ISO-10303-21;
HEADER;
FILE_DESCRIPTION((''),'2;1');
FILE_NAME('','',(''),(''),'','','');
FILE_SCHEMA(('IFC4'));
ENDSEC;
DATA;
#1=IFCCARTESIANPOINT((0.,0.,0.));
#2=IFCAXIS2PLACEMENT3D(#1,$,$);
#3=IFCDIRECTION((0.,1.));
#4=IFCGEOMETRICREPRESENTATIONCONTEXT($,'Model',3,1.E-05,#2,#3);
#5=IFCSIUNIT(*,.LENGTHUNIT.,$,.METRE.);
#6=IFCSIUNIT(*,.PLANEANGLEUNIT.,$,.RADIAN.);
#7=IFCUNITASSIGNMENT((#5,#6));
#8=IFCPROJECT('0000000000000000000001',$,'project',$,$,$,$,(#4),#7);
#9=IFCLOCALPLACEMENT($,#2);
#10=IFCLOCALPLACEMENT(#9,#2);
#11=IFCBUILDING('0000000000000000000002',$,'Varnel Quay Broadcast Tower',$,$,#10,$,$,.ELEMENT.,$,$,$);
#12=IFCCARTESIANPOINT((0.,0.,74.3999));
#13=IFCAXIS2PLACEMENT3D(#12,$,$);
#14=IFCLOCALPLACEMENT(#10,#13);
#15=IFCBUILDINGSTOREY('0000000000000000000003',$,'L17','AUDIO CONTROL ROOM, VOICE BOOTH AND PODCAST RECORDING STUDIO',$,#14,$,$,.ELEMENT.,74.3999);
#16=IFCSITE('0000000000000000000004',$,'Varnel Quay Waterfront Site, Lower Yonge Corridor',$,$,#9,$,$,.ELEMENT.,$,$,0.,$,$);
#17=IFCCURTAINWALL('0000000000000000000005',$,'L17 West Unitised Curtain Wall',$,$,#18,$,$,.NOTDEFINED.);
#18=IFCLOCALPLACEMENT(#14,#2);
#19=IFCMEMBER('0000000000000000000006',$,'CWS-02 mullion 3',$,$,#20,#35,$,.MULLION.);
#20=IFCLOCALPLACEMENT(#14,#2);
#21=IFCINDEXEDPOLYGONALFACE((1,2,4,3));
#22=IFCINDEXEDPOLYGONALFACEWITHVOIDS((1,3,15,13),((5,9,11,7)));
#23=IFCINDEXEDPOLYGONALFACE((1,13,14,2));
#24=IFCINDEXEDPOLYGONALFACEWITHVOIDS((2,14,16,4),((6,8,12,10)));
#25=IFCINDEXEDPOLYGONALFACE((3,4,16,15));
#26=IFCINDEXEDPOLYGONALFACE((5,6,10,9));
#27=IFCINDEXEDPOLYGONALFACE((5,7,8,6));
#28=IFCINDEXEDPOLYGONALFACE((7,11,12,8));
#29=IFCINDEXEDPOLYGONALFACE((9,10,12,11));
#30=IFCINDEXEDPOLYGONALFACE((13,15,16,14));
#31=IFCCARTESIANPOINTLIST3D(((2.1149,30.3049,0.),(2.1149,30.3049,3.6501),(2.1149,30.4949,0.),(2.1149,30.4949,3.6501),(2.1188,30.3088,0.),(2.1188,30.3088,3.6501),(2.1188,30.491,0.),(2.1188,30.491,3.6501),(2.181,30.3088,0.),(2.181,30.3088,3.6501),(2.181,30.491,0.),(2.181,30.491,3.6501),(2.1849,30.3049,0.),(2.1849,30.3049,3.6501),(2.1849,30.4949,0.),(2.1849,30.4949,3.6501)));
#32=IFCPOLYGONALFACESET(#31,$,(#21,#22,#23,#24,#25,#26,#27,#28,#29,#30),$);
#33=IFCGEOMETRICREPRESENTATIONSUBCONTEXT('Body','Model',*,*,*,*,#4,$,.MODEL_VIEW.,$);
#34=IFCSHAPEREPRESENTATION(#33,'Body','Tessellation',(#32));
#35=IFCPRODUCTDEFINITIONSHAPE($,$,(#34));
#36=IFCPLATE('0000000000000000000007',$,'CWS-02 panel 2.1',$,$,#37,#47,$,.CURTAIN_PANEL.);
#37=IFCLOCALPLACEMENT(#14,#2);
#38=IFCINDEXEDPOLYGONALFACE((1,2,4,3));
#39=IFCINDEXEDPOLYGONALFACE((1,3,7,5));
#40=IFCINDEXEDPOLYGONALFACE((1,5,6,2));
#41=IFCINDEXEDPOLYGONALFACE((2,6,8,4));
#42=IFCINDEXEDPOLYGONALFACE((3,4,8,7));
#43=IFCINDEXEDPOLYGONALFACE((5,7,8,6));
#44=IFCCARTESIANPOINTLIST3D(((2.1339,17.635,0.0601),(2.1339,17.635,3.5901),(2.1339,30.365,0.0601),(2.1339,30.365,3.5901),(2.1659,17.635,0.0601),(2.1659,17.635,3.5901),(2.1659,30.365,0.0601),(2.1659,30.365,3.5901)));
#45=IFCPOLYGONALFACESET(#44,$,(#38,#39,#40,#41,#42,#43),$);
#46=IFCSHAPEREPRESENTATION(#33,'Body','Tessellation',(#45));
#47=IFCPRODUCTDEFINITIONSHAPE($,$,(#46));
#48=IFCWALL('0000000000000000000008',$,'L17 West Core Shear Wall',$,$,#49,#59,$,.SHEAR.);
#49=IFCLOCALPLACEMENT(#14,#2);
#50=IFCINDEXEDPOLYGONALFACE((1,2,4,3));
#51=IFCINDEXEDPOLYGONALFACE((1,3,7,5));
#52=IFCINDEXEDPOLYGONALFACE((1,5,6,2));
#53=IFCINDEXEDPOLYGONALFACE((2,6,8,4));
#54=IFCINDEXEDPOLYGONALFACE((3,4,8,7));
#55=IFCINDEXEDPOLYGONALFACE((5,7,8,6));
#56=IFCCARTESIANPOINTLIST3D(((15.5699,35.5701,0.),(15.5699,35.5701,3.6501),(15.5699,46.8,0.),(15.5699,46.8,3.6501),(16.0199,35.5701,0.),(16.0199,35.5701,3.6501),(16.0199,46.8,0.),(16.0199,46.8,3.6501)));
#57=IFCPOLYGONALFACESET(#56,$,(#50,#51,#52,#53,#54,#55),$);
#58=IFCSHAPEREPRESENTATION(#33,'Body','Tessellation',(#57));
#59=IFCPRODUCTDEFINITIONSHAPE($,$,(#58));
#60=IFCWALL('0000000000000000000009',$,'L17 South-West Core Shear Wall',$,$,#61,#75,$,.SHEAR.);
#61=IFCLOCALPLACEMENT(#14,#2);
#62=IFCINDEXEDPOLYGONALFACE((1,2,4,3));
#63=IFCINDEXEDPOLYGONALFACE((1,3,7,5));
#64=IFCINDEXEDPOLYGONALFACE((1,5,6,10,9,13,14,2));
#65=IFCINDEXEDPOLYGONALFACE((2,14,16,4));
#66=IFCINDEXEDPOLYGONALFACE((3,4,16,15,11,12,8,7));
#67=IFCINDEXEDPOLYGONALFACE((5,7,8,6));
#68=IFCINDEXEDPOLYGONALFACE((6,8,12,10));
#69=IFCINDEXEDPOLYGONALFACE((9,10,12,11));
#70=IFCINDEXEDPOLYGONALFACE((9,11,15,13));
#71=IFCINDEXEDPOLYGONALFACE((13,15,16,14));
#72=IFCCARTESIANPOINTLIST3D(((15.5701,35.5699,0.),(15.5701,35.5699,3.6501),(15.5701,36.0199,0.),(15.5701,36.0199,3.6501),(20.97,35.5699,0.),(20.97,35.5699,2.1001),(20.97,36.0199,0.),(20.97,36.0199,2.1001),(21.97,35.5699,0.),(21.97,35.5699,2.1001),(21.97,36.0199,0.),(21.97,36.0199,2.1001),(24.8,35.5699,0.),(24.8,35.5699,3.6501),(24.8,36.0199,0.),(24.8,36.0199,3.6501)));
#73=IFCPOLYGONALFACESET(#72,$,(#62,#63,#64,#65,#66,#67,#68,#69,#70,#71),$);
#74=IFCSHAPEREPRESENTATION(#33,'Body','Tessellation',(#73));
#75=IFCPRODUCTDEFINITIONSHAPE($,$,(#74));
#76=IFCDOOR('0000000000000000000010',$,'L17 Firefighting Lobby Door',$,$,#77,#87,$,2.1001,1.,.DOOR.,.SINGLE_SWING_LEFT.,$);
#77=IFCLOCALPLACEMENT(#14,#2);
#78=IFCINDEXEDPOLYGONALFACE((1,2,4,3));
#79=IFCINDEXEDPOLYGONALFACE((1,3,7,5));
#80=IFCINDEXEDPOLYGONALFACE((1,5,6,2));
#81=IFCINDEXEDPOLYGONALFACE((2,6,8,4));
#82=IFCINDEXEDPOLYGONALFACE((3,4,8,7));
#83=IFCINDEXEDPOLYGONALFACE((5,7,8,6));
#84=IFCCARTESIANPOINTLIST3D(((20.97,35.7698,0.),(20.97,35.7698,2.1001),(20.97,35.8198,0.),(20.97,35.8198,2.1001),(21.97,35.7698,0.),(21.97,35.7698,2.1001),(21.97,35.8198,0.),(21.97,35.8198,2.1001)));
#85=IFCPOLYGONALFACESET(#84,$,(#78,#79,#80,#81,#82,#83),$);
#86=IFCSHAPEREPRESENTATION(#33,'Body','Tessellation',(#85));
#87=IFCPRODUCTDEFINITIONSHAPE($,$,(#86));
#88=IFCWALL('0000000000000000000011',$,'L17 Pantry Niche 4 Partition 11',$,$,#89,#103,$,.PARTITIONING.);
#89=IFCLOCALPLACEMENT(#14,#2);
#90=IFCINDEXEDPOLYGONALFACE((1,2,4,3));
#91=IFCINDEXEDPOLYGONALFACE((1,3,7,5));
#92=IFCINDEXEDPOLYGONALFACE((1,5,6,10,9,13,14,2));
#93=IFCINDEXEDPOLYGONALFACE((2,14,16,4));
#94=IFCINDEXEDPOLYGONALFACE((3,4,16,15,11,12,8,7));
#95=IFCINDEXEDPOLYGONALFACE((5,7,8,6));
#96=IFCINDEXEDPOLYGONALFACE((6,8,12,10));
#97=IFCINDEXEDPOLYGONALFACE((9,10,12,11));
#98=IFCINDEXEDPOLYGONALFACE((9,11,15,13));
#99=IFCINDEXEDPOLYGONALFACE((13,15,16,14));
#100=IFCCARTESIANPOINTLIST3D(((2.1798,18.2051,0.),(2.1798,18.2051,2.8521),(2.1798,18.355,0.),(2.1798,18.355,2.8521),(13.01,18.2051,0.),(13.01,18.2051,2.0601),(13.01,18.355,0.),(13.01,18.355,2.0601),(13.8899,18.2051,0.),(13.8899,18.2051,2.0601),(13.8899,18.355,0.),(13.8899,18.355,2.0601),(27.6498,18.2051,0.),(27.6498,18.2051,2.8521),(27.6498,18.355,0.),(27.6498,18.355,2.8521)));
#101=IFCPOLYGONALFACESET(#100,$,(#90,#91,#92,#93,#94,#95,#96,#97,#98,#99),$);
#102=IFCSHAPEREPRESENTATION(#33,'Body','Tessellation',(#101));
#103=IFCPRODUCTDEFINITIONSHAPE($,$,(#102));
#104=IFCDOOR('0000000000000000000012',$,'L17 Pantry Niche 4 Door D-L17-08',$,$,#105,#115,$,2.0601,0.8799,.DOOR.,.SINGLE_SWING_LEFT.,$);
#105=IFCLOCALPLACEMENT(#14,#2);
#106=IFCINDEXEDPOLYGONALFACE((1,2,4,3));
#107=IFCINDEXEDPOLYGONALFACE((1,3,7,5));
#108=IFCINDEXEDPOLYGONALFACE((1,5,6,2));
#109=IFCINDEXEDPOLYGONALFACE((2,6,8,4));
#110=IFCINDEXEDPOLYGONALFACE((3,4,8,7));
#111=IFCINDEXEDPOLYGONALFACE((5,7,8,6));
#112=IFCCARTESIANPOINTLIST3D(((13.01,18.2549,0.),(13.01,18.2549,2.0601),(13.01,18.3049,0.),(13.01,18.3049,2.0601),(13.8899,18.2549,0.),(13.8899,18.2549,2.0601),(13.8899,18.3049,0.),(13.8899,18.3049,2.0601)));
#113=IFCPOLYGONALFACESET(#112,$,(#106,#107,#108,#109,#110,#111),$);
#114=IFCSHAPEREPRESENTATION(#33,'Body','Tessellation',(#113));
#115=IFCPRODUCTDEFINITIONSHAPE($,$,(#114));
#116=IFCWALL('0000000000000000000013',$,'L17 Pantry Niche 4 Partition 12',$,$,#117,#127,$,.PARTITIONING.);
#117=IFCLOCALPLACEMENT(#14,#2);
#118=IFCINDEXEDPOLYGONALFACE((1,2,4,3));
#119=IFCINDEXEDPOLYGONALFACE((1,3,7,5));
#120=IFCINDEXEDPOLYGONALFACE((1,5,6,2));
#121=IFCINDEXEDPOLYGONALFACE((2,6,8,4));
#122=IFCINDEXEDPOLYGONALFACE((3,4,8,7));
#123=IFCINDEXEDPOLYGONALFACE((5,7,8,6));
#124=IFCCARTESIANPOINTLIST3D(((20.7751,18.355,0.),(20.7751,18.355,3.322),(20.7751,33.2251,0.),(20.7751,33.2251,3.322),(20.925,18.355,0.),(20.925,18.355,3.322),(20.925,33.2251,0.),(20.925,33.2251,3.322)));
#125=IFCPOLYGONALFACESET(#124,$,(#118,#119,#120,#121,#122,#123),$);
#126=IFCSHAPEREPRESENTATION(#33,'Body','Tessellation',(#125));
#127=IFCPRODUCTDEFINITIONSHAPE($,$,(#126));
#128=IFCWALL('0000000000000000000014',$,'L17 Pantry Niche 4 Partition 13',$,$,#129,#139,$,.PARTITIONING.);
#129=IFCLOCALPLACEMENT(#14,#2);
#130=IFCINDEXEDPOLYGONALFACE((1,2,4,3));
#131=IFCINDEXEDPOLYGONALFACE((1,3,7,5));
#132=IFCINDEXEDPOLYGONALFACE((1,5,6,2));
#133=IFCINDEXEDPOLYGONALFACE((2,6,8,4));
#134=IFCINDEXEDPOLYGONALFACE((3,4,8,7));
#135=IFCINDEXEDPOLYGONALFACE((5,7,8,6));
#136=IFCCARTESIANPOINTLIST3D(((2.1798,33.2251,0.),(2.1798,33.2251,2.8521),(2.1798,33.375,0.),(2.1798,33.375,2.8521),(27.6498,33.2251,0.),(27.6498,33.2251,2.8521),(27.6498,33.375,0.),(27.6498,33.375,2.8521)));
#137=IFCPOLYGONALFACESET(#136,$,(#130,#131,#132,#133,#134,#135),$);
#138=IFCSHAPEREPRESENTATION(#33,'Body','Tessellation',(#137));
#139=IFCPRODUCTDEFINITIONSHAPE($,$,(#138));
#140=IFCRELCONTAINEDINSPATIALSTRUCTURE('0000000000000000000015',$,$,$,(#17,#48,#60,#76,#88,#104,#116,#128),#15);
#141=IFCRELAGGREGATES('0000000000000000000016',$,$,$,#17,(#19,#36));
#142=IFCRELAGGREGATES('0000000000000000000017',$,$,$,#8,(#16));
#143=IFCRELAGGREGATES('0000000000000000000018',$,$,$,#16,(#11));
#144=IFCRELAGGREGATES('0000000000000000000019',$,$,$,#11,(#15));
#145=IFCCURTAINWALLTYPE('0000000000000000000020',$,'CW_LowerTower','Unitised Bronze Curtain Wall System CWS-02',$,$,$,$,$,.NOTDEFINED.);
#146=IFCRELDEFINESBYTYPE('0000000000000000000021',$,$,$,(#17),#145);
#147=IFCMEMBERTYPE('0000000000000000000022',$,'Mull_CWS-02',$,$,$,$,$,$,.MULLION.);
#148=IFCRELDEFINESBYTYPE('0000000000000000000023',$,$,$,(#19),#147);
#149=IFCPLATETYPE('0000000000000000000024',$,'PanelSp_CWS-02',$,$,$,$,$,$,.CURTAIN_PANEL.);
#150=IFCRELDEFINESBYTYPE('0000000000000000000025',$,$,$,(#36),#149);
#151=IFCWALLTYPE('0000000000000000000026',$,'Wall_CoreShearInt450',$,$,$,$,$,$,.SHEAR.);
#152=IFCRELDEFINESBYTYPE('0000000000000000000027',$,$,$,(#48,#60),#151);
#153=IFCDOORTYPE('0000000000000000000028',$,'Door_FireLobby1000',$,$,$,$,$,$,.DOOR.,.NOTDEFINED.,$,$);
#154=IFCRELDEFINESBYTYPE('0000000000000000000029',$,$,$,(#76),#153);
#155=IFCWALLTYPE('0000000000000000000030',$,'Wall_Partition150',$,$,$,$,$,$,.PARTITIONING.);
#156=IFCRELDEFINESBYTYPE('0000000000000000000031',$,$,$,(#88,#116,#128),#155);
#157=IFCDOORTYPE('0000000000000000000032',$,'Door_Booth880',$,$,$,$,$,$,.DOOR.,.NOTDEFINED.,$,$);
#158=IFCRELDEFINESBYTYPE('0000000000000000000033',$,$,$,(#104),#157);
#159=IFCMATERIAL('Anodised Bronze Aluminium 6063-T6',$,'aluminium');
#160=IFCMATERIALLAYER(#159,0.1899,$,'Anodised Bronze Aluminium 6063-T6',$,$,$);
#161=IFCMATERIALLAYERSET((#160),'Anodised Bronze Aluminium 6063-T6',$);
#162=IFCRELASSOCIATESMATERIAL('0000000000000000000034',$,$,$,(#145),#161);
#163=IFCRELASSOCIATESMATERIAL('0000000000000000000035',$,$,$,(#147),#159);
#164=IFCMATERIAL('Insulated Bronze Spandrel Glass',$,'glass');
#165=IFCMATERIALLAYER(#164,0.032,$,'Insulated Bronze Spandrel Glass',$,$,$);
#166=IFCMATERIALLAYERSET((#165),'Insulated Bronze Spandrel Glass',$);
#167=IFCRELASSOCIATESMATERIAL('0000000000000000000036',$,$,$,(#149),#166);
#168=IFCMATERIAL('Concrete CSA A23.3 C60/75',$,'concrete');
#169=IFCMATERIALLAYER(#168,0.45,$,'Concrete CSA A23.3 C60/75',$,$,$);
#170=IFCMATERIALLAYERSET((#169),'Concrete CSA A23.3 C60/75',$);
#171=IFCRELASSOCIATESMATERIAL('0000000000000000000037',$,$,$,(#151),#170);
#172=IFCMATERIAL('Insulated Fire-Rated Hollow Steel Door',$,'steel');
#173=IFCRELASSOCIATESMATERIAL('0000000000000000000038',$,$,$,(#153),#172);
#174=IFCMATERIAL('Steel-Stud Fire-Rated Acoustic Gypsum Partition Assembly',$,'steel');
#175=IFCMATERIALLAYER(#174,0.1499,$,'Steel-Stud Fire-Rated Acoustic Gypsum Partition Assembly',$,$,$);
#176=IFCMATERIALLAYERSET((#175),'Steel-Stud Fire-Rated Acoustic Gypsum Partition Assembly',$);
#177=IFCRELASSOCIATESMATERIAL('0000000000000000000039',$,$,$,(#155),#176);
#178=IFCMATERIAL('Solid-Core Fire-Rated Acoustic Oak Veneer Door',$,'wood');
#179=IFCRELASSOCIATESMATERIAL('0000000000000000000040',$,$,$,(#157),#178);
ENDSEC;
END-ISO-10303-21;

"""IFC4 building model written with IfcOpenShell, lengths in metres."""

from ifc_helpers import new_model, si_unit, direction, frame, frame_2d, origin, origin_2d, place, context, subcontext, project, spatial, rectangle, hollow_rectangle, extrude, source, transform, mapped, material, layer, layer_set, material_profile, profile_set, type_object, type_shapes, element, fill, aggregate, save


model = new_model("IFC4")

# Units and contexts
model_context = context("Model", 3, precision=1e-05, world=origin(), true_north=direction((0.0, 1.0)))
body_context = subcontext(model_context, "Body", "Model", "MODEL_VIEW")
ifc_project = project(units=[si_unit("LENGTHUNIT", "METRE"), si_unit("PLANEANGLEUNIT", "RADIAN")], contexts=[model_context])

# Site, building, storey
site_placement = place(None, origin())
site = spatial("IfcSite", under=ifc_project, at=site_placement, Name="Varnel Quay Waterfront Site, Lower Yonge Corridor", CompositionType="ELEMENT", RefElevation=0.0)
building_placement = place(site_placement, origin())
building = spatial("IfcBuilding", under=site, at=building_placement, Name="Varnel Quay Broadcast Tower", CompositionType="ELEMENT")
storey_placement = place(building_placement, frame((0.0, 0.0, 74.3999)))
storey = spatial("IfcBuildingStorey", under=building, at=storey_placement, Name="L17", Description="AUDIO CONTROL ROOM, VOICE BOOTH AND PODCAST RECORDING STUDIO", CompositionType="ELEMENT", Elevation=74.3999)

# Shared definitions
ifc_material_1 = material(Name="Concrete CSA A23.3 C60/75", Category="concrete")

# Curtain wall, member, plate
ifc_material_2 = material(Name="Anodised Bronze Aluminium 6063-T6", Category="aluminium")
ifc_layer_1 = layer(ifc_material_2, 0.1899, Name="Anodised Bronze Aluminium 6063-T6")
ifc_layer_set_1 = layer_set([ifc_layer_1], Name="Anodised Bronze Aluminium 6063-T6")
curtain_wall_type = type_object("IfcCurtainWallType", Name="CW_LowerTower", Description="Unitised Bronze Curtain Wall System CWS-02", PredefinedType="NOTDEFINED", material=ifc_layer_set_1)
curtain_wall_placement = place(storey_placement, origin())
curtain_wall = element("IfcCurtainWall", 1, at=curtain_wall_placement, inside=storey, type_object=curtain_wall_type, Name="L17 West Unitised Curtain Wall", PredefinedType="NOTDEFINED")
ifc_material_profile_1 = material_profile(ifc_material_2, hollow_rectangle(XDim=0.0701, YDim=0.1899, WallThickness=0.0039, at=origin_2d()), Name="ALU70X190X4")
ifc_profile_set_1 = profile_set([ifc_material_profile_1], Name="Anodised Bronze Aluminium 6063-T6")
member_type_1 = type_object("IfcMemberType", Name="Mull_CWS-02", PredefinedType="MULLION", material=ifc_profile_set_1)
shared_shape_1 = source(origin(), body_context, "Body", "SweptSolid", [
    extrude(hollow_rectangle(XDim=0.0701, YDim=0.1899, WallThickness=0.0039, at=origin_2d()), origin(), (0.0, 0.0, 1.0), 3.6501),
])
type_shapes(member_type_1, [shared_shape_1])
member_1_placement = place(storey_placement, frame((2.1499, 30.3999, 0.0), z_axis=(0.0, 0.0, 1.0), x_axis=(-1.0, 0.0, 0.0)))
member_1 = element("IfcMember", 2, at=member_1_placement, type_object=member_type_1, Name="CWS-02 mullion 3", PredefinedType="MULLION", context=body_context, shape_type="MappedRepresentation", body=[
    mapped(shared_shape_1, transform((0.0, 0.0, 0.0), x_axis=(1.0, 0.0, 0.0), y_axis=(0.0, 1.0, 0.0), z_axis=(0.0, 0.0, 1.0), scale=1.0)),
])
ifc_material_3 = material(Name="Insulated Bronze Spandrel Glass", Category="glass")
ifc_layer_2 = layer(ifc_material_3, 0.032, Name="Insulated Bronze Spandrel Glass")
ifc_layer_set_2 = layer_set([ifc_layer_2], Name="Insulated Bronze Spandrel Glass")
plate_type = type_object("IfcPlateType", Name="PanelSp_CWS-02", PredefinedType="CURTAIN_PANEL", material=ifc_layer_set_2)
shared_shape_2 = source(origin(), body_context, "Body", "SweptSolid", [
    extrude(rectangle(XDim=12.73, YDim=0.032, at=origin_2d()), origin(), (0.0, 0.0, 1.0), 3.53),
])
type_shapes(plate_type, [shared_shape_2])
plate_placement = place(storey_placement, frame((2.1499, 24.0, 0.0601), z_axis=(0.0, 0.0, 1.0), x_axis=(0.0, 1.0, 0.0)))
plate = element("IfcPlate", 3, at=plate_placement, type_object=plate_type, Name="CWS-02 panel 2.1", PredefinedType="CURTAIN_PANEL", context=body_context, shape_type="MappedRepresentation", body=[
    mapped(shared_shape_2, transform((0.0, 0.0, 0.0), x_axis=(1.0, 0.0, 0.0), y_axis=(0.0, 1.0, 0.0), z_axis=(0.0, 0.0, 1.0), scale=1.0)),
])
aggregate(curtain_wall, [member_1, plate])

# Wall
ifc_layer_3 = layer(ifc_material_1, 0.45, Name="Concrete CSA A23.3 C60/75")
ifc_layer_set_3 = layer_set([ifc_layer_3], Name="Concrete CSA A23.3 C60/75")
wall_type_1 = type_object("IfcWallType", Name="Wall_CoreShearInt450", PredefinedType="SHEAR", material=ifc_layer_set_3)
wall_1_placement = place(storey_placement, frame((15.7949, 35.5701, 0.0), z_axis=(0.0, 0.0, 1.0), x_axis=(0.0, 1.0, 0.0)))
element("IfcWall", 4, at=wall_1_placement, inside=storey, type_object=wall_type_1, Name="L17 West Core Shear Wall", PredefinedType="SHEAR", context=body_context, shape_type="SweptSolid", body=[
    extrude(rectangle(XDim=11.23, YDim=0.45, at=frame_2d((5.615, 0.0))), origin(), (0.0, 0.0, 1.0), 3.6501),
])

# Walls, openings, doors
wall_2_placement = place(storey_placement, frame((15.5701, 35.7949, 0.0), z_axis=(0.0, 0.0, 1.0), x_axis=(1.0, 0.0, 0.0)))
wall_2 = element("IfcWall", 5, at=wall_2_placement, inside=storey, type_object=wall_type_1, Name="L17 South-West Core Shear Wall", PredefinedType="SHEAR", context=body_context, shape_type="SweptSolid", body=[
    extrude(rectangle(XDim=9.23, YDim=0.45, at=frame_2d((4.615, 0.0))), origin(), (0.0, 0.0, 1.0), 3.6501),
])
opening_1_placement = place(wall_2_placement, frame((5.3999, 0.0, 0.0)))
opening_1 = element("IfcOpeningElement", 6, at=opening_1_placement, cuts=wall_2, PredefinedType="OPENING", context=body_context, shape_type="SweptSolid", body=[
    extrude(rectangle(XDim=1.0, YDim=2.1001, at=frame_2d((0.5, 1.05))), frame((0.0, 0.2349, 0.0), z_axis=(0.0, -1.0, 0.0), x_axis=(1.0, 0.0, 0.0)), (0.0, 0.0, 1.0), 0.47),
])
ifc_material_4 = material(Name="Insulated Fire-Rated Hollow Steel Door", Category="steel")
door_type_1 = type_object("IfcDoorType", Name="Door_FireLobby1000", OperationType="NOTDEFINED", PredefinedType="DOOR", material=ifc_material_4)
shared_shape_3 = source(origin(), body_context, "Body", "SweptSolid", [
    extrude(rectangle(XDim=1.0, YDim=2.1001, at=frame_2d((0.5, 1.05))), frame((0.0, 0.0249, 0.0), z_axis=(0.0, -1.0, 0.0), x_axis=(1.0, 0.0, 0.0)), (0.0, 0.0, 1.0), 0.05),
])
type_shapes(door_type_1, [shared_shape_3])
door_1_placement = place(opening_1_placement, origin())
door_1 = element("IfcDoor", 7, at=door_1_placement, inside=storey, type_object=door_type_1, Name="L17 Firefighting Lobby Door", OperationType="SINGLE_SWING_LEFT", OverallHeight=2.1001, OverallWidth=1.0, PredefinedType="DOOR", context=body_context, shape_type="MappedRepresentation", body=[
    mapped(shared_shape_3, transform((0.0, 0.0, 0.0), x_axis=(1.0, 0.0, 0.0), y_axis=(0.0, 1.0, 0.0), z_axis=(0.0, 0.0, 1.0), scale=1.0)),
])
fill(opening_1, door_1)
ifc_material_5 = material(Name="Steel-Stud Fire-Rated Acoustic Gypsum Partition Assembly", Category="steel")
ifc_layer_4 = layer(ifc_material_5, 0.1499, Name="Steel-Stud Fire-Rated Acoustic Gypsum Partition Assembly")
ifc_layer_set_4 = layer_set([ifc_layer_4], Name="Steel-Stud Fire-Rated Acoustic Gypsum Partition Assembly")
wall_type_2 = type_object("IfcWallType", Name="Wall_Partition150", PredefinedType="PARTITIONING", material=ifc_layer_set_4)
wall_3_placement = place(storey_placement, frame((2.1799, 18.28, 0.0), z_axis=(0.0, 0.0, 1.0), x_axis=(1.0, 0.0, 0.0)))
wall_3 = element("IfcWall", 8, at=wall_3_placement, inside=storey, type_object=wall_type_2, Name="L17 Pantry Niche 4 Partition 11", PredefinedType="PARTITIONING", context=body_context, shape_type="SweptSolid", body=[
    extrude(rectangle(XDim=25.47, YDim=0.1499, at=frame_2d((12.7349, 0.0))), origin(), (0.0, 0.0, 1.0), 2.8521),
])
opening_2_placement = place(wall_3_placement, frame((10.8301, 0.0, 0.0)))
opening_2 = element("IfcOpeningElement", 9, at=opening_2_placement, cuts=wall_3, PredefinedType="OPENING", context=body_context, shape_type="SweptSolid", body=[
    extrude(rectangle(XDim=0.8799, YDim=2.0601, at=frame_2d((0.4399, 1.03))), frame((0.0, 0.085, 0.0), z_axis=(0.0, -1.0, 0.0), x_axis=(1.0, 0.0, 0.0)), (0.0, 0.0, 1.0), 0.1699),
])
ifc_material_6 = material(Name="Solid-Core Fire-Rated Acoustic Oak Veneer Door", Category="wood")
door_type_2 = type_object("IfcDoorType", Name="Door_Booth880", OperationType="NOTDEFINED", PredefinedType="DOOR", material=ifc_material_6)
shared_shape_4 = source(origin(), body_context, "Body", "SweptSolid", [
    extrude(rectangle(XDim=0.8799, YDim=2.0601, at=frame_2d((0.4399, 1.03))), frame((0.0, 0.0249, 0.0), z_axis=(0.0, -1.0, 0.0), x_axis=(1.0, 0.0, 0.0)), (0.0, 0.0, 1.0), 0.05),
])
type_shapes(door_type_2, [shared_shape_4])
door_2_placement = place(opening_2_placement, origin())
door_2 = element("IfcDoor", 10, at=door_2_placement, inside=storey, type_object=door_type_2, Name="L17 Pantry Niche 4 Door D-L17-08", OperationType="SINGLE_SWING_LEFT", OverallHeight=2.0601, OverallWidth=0.8799, PredefinedType="DOOR", context=body_context, shape_type="MappedRepresentation", body=[
    mapped(shared_shape_4, transform((0.0, 0.0, 0.0), x_axis=(1.0, 0.0, 0.0), y_axis=(0.0, 1.0, 0.0), z_axis=(0.0, 0.0, 1.0), scale=1.0)),
])
fill(opening_2, door_2)

# Walls
wall_4_placement = place(storey_placement, frame((20.8501, 18.355, 0.0), z_axis=(0.0, 0.0, 1.0), x_axis=(0.0, 1.0, 0.0)))
element("IfcWall", 11, at=wall_4_placement, inside=storey, type_object=wall_type_2, Name="L17 Pantry Niche 4 Partition 12", PredefinedType="PARTITIONING", context=body_context, shape_type="SweptSolid", body=[
    extrude(rectangle(XDim=14.8701, YDim=0.1499, at=frame_2d((7.4351, 0.0))), origin(), (0.0, 0.0, 1.0), 3.322),
])
wall_5_placement = place(storey_placement, frame((2.1799, 33.3, 0.0), z_axis=(0.0, 0.0, 1.0), x_axis=(1.0, 0.0, 0.0)))
element("IfcWall", 12, at=wall_5_placement, inside=storey, type_object=wall_type_2, Name="L17 Pantry Niche 4 Partition 13", PredefinedType="PARTITIONING", context=body_context, shape_type="SweptSolid", body=[
    extrude(rectangle(XDim=25.47, YDim=0.1499, at=frame_2d((12.7349, 0.0))), origin(), (0.0, 0.0, 1.0), 2.8521),
])

save(model, "model.ifc")
